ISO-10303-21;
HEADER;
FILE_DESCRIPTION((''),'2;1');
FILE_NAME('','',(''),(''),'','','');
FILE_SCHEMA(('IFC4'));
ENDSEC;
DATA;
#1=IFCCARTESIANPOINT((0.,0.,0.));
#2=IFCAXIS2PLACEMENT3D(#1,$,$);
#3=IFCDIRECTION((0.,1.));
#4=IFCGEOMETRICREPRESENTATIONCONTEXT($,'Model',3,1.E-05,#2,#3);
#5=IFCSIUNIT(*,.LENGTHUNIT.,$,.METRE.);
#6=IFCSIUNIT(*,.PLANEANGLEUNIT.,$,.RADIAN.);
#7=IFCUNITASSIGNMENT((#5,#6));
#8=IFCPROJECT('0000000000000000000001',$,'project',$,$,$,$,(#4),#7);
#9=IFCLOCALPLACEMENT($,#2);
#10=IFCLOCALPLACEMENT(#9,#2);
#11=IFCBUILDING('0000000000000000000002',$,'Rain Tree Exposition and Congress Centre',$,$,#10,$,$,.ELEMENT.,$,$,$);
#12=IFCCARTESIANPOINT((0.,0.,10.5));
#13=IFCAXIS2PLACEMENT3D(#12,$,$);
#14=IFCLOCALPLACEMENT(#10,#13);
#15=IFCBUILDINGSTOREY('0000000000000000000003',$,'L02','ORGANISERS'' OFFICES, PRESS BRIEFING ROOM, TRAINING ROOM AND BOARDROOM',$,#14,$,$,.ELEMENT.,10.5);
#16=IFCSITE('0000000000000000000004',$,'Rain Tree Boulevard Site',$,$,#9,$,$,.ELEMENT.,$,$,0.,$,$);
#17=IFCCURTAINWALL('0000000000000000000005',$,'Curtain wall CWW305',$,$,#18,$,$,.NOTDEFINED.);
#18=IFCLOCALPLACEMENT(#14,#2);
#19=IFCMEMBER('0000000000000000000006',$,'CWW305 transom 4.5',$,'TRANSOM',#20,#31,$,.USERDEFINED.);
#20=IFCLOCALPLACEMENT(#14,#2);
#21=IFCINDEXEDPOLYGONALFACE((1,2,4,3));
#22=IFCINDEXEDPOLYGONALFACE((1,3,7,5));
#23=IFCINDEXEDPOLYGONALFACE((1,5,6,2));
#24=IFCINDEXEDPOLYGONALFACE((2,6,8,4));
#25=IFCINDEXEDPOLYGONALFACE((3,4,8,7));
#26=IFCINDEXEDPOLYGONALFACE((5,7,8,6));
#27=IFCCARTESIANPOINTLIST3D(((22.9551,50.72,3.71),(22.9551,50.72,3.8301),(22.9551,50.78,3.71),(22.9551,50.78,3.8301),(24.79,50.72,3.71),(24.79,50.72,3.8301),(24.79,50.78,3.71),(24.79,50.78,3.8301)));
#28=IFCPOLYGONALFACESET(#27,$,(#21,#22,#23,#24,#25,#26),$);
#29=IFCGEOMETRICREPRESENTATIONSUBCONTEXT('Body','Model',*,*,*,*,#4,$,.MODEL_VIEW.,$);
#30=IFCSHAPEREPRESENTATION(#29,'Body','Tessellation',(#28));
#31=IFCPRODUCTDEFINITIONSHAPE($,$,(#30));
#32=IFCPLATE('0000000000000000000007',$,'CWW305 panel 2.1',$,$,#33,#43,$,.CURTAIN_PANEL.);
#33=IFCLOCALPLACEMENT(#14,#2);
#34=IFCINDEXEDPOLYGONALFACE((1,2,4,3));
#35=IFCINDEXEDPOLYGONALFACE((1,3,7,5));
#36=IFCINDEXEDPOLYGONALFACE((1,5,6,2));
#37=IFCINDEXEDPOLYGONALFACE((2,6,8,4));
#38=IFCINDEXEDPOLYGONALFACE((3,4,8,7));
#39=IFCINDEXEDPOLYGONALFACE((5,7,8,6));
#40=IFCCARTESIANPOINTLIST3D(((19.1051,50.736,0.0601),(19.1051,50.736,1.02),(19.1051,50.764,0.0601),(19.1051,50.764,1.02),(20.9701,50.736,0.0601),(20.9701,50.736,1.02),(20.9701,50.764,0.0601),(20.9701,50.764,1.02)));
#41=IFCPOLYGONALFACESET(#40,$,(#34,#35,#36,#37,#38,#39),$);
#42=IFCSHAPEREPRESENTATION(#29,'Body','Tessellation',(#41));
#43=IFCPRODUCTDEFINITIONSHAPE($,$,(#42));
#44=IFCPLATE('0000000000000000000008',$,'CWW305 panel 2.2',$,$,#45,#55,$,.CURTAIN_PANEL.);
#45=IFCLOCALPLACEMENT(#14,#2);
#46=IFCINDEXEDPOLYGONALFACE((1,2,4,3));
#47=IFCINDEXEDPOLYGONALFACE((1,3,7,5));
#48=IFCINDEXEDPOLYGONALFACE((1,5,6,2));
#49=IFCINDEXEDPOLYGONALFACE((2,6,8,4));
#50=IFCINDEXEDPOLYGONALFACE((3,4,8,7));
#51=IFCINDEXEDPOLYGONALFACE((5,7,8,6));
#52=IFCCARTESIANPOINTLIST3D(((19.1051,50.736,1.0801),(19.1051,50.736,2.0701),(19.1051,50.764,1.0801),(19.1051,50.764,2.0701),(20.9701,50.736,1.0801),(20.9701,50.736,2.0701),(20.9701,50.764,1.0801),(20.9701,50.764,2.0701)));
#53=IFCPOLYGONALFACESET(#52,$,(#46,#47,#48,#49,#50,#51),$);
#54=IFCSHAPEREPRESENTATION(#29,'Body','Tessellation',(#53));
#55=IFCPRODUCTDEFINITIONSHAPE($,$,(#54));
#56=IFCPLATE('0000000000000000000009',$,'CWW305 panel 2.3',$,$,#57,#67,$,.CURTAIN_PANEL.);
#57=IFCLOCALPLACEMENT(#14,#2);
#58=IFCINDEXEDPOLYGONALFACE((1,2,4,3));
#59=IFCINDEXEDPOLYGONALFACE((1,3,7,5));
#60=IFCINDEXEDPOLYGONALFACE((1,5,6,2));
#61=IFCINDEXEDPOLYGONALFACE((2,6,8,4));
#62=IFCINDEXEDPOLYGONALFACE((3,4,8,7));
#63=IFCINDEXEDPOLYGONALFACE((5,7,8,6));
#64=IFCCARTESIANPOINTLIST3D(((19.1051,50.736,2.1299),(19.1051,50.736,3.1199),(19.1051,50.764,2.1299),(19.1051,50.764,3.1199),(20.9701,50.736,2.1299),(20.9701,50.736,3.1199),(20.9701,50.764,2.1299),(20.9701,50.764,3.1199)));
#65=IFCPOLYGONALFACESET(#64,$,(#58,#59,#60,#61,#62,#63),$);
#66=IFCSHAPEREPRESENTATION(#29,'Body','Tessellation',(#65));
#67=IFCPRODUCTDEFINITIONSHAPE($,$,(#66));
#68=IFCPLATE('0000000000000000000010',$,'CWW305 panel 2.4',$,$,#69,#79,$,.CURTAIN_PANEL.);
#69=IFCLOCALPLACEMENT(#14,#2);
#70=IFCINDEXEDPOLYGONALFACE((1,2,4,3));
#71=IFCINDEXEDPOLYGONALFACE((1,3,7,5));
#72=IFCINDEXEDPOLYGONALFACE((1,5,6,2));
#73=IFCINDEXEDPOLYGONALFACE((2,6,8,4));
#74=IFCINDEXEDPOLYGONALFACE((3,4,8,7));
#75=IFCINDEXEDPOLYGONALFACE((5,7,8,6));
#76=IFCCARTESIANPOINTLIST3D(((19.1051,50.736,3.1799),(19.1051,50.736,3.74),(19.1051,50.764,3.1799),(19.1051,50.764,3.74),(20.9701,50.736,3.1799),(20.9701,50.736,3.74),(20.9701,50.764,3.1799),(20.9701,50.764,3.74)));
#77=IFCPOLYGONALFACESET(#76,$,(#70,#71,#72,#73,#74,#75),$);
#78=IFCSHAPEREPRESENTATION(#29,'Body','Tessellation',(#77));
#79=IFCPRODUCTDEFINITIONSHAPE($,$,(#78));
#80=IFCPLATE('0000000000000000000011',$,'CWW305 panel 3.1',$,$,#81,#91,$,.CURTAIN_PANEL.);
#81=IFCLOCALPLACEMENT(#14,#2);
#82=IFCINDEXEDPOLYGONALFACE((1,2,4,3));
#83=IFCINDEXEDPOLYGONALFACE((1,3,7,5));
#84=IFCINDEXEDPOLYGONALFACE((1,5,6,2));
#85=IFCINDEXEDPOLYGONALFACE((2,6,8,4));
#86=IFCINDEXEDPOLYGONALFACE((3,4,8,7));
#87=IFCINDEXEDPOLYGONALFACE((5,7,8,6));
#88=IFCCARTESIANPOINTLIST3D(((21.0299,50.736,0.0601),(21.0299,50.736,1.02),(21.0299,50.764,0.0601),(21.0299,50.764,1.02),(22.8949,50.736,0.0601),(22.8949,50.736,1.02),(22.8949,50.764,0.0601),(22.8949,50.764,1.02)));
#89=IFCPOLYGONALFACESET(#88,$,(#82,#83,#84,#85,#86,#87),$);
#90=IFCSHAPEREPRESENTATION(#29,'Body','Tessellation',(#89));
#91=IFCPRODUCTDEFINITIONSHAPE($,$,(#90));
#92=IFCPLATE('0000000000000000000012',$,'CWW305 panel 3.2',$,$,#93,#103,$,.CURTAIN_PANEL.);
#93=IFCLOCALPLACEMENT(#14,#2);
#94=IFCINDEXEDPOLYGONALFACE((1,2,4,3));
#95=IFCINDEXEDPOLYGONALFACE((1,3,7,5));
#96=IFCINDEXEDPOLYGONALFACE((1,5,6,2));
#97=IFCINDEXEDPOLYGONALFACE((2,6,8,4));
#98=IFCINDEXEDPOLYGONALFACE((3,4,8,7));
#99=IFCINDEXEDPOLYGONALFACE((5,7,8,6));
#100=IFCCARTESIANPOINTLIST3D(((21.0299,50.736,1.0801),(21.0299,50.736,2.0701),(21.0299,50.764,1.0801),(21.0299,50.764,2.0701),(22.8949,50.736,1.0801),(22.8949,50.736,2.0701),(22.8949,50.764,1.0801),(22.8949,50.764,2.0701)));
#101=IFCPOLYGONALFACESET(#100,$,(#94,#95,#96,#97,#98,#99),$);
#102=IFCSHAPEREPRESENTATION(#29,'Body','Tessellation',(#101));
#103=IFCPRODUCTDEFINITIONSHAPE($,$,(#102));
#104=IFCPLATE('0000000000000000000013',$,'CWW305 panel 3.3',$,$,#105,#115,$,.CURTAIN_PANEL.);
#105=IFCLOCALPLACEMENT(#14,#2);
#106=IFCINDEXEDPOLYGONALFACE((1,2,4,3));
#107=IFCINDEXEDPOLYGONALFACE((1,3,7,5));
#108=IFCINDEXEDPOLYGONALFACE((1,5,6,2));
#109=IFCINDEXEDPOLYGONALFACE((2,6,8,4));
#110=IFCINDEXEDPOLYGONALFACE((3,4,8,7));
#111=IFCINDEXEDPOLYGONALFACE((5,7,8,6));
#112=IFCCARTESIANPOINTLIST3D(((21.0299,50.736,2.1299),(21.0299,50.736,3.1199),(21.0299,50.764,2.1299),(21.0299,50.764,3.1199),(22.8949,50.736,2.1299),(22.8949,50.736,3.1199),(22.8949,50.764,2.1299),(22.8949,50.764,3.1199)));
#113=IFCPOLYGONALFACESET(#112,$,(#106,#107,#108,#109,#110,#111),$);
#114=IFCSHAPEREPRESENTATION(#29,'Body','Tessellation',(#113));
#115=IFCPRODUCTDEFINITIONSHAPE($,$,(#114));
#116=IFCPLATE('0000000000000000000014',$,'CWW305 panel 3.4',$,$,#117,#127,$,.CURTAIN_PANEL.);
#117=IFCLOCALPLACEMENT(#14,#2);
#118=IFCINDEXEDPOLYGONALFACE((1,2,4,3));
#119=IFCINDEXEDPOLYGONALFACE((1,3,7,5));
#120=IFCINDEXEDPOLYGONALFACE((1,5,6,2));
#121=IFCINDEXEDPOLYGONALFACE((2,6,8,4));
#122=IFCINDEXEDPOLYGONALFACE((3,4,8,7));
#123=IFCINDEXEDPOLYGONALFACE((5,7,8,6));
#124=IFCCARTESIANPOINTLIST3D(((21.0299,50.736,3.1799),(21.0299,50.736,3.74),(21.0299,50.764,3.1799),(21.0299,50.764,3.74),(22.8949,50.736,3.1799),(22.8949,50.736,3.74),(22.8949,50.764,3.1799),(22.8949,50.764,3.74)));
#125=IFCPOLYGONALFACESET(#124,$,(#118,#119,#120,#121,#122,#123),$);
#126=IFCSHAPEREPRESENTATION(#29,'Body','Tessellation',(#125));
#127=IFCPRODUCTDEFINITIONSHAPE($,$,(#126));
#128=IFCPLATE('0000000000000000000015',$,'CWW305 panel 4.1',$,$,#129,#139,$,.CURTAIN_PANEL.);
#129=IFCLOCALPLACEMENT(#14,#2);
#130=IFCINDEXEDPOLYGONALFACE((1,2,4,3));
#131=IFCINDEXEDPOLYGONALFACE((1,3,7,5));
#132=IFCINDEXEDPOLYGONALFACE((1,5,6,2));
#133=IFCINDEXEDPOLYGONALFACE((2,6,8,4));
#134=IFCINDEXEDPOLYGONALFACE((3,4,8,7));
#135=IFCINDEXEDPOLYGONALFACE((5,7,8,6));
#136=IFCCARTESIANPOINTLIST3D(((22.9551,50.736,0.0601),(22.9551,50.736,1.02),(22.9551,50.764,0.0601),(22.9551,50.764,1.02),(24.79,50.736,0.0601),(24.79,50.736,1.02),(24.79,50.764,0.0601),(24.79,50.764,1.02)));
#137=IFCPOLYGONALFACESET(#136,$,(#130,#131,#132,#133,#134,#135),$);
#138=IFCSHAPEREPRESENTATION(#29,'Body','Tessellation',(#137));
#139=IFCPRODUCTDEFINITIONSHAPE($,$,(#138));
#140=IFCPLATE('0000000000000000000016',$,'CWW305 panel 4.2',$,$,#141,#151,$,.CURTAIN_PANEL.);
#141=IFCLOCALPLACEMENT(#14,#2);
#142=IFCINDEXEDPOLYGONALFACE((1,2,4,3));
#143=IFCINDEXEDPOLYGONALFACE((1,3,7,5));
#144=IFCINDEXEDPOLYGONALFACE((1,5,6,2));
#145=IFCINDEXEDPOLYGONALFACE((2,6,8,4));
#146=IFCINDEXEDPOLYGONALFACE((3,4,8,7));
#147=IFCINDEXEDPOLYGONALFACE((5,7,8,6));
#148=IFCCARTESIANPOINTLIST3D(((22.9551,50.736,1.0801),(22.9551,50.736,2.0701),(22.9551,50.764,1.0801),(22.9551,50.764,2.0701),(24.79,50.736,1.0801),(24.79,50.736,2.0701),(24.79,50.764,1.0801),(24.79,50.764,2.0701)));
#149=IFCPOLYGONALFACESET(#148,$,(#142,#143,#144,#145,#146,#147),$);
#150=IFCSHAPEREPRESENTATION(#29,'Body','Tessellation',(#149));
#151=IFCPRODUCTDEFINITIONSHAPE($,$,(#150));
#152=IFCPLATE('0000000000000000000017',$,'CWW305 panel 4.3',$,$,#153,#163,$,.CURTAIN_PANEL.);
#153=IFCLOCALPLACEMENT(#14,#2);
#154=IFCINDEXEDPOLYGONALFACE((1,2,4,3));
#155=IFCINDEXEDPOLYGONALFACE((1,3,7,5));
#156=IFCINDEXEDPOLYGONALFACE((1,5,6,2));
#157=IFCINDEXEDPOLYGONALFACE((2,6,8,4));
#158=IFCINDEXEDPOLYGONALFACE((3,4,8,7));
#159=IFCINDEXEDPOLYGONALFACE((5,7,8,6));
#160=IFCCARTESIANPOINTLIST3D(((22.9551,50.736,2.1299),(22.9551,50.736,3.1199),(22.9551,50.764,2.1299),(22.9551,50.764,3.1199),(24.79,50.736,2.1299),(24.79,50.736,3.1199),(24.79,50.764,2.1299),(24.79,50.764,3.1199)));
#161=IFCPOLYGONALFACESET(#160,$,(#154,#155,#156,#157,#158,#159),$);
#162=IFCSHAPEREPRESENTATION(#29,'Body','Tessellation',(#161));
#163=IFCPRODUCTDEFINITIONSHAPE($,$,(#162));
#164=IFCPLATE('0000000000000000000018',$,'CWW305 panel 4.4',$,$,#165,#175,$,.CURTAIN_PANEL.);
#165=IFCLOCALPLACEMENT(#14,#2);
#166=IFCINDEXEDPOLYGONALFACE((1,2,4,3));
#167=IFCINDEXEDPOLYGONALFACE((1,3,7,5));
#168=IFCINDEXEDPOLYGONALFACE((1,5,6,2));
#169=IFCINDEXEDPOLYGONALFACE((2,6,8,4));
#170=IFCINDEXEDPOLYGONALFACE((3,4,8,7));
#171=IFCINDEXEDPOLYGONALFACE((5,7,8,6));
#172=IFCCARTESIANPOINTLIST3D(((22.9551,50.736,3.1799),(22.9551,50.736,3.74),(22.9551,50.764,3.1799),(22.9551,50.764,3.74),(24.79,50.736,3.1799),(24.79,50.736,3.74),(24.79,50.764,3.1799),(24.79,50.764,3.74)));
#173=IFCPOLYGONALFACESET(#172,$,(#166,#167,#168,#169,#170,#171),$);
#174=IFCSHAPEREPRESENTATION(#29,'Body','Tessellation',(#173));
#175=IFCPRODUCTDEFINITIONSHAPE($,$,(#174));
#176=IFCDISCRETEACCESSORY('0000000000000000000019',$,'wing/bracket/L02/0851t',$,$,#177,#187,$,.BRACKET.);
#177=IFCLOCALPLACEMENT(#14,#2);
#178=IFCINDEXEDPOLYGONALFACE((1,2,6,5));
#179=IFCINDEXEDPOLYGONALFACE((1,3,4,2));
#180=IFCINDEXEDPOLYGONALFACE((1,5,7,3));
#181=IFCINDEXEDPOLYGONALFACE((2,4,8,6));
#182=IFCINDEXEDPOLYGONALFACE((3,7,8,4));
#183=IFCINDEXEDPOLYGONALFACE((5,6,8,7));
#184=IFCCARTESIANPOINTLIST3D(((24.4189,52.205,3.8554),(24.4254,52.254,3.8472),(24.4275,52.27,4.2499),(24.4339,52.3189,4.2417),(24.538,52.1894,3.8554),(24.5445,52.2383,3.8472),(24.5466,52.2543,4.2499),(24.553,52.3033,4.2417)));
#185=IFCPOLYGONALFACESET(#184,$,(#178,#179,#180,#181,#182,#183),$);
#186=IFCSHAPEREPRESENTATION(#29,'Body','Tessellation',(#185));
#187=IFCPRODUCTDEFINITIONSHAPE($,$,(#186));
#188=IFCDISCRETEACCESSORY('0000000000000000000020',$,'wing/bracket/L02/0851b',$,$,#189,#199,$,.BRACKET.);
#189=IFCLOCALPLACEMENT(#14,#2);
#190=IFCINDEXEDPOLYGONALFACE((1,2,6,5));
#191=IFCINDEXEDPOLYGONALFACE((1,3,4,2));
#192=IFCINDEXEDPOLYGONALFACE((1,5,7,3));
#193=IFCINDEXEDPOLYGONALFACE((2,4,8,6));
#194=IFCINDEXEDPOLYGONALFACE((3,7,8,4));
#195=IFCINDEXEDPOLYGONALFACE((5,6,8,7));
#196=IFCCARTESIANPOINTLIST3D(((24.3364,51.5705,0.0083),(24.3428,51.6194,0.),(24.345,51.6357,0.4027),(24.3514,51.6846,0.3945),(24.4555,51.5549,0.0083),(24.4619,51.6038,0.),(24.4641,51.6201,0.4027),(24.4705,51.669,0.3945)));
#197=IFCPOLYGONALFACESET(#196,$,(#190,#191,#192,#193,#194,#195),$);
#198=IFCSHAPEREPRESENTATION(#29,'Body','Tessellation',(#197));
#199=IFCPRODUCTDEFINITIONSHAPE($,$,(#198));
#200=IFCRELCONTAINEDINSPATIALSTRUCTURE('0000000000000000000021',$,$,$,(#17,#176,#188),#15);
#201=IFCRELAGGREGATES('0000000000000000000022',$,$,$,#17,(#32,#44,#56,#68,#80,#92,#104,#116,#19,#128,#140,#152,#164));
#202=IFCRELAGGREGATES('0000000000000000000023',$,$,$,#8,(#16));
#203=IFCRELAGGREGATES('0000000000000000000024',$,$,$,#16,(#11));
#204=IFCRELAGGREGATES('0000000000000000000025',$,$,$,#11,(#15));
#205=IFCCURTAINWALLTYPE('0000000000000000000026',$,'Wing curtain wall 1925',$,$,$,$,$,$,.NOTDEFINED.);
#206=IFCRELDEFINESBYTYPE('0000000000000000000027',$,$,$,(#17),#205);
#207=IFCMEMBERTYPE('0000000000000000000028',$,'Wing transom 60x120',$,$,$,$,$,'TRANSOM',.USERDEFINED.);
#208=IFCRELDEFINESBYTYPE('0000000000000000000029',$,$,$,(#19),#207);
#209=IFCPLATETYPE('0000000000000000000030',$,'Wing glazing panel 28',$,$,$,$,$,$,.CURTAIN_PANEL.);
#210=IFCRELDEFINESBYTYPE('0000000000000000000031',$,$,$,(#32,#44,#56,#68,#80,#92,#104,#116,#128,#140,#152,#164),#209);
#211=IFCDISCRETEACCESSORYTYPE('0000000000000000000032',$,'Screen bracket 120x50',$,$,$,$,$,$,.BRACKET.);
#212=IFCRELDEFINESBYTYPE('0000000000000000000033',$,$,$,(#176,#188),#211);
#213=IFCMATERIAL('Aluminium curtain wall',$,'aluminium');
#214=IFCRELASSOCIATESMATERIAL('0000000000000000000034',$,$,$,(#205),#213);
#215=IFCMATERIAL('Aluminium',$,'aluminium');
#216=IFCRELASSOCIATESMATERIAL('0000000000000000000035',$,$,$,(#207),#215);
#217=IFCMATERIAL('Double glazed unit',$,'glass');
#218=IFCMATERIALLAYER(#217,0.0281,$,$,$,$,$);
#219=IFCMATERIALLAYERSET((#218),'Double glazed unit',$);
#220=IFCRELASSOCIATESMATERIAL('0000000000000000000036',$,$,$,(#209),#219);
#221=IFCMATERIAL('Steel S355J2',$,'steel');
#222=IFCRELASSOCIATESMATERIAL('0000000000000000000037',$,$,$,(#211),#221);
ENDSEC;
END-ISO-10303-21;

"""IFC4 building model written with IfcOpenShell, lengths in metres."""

from ifc_helpers import new_model, si_unit, direction, frame, origin, origin_2d, place, context, subcontext, project, spatial, rectangle, extrude, material, layer, layer_set, material_profile, profile_set, type_object, element, aggregate, save


model = new_model("IFC4")

# Units and contexts
model_context = context("Model", 3, precision=1e-05, world=origin(), true_north=direction((0.0, 1.0)))
body_context = subcontext(model_context, "Body", "Model", "MODEL_VIEW")
ifc_project = project(units=[si_unit("LENGTHUNIT", "METRE"), si_unit("PLANEANGLEUNIT", "RADIAN")], contexts=[model_context])

# Site, building, storey
site_placement = place(None, origin())
site = spatial("IfcSite", under=ifc_project, at=site_placement, Name="Rain Tree Boulevard Site", CompositionType="ELEMENT", RefElevation=0.0)
building_placement = place(site_placement, origin())
building = spatial("IfcBuilding", under=site, at=building_placement, Name="Rain Tree Exposition and Congress Centre", CompositionType="ELEMENT")
storey_placement = place(building_placement, frame((0.0, 0.0, 10.5)))
storey = spatial("IfcBuildingStorey", under=building, at=storey_placement, Name="L02", Description="ORGANISERS' OFFICES, PRESS BRIEFING ROOM, TRAINING ROOM AND BOARDROOM", CompositionType="ELEMENT", Elevation=10.5)

# Curtain wall, member, plates
ifc_material_1 = material(Name="Aluminium curtain wall", Category="aluminium")
curtain_wall_type = type_object("IfcCurtainWallType", Name="Wing curtain wall 1925", PredefinedType="NOTDEFINED", material=ifc_material_1)
curtain_wall_placement = place(storey_placement, origin())
curtain_wall = element("IfcCurtainWall", 1, at=curtain_wall_placement, inside=storey, type_object=curtain_wall_type, Name="Curtain wall CWW305", PredefinedType="NOTDEFINED")
ifc_material_2 = material(Name="Aluminium", Category="aluminium")
ifc_material_profile_1 = material_profile(ifc_material_2, rectangle(XDim=0.0601, YDim=0.1201, at=origin_2d()), Name="Aluminium 60x120")
ifc_profile_set_1 = profile_set([ifc_material_profile_1], Name="Aluminium")
member_type_1 = type_object("IfcMemberType", Name="Wing transom 60x120", ElementType="TRANSOM", PredefinedType="USERDEFINED", material=ifc_profile_set_1)
member_1_placement = place(storey_placement, frame((22.9551, 50.75, 3.77), z_axis=(1.0, 0.0, 0.0), x_axis=(0.0, 1.0, 0.0)))
member_1 = element("IfcMember", 2, at=member_1_placement, type_object=member_type_1, Name="CWW305 transom 4.5", ObjectType="TRANSOM", PredefinedType="USERDEFINED", context=body_context, shape_type="SweptSolid", body=[
    extrude(rectangle(XDim=0.0601, YDim=0.1201, at=origin_2d()), origin(), (0.0, 0.0, 1.0), 1.835),
])
ifc_material_3 = material(Name="Double glazed unit", Category="glass")
ifc_layer_1 = layer(ifc_material_3, 0.0281)
ifc_layer_set_1 = layer_set([ifc_layer_1], Name="Double glazed unit")
plate_type = type_object("IfcPlateType", Name="Wing glazing panel 28", PredefinedType="CURTAIN_PANEL", material=ifc_layer_set_1)
plate_1_placement = place(storey_placement, frame((20.0376, 50.75, 0.0601), z_axis=(0.0, 0.0, 1.0), x_axis=(1.0, 0.0, 0.0)))
plate_1 = element("IfcPlate", 3, at=plate_1_placement, type_object=plate_type, Name="CWW305 panel 2.1", PredefinedType="CURTAIN_PANEL", context=body_context, shape_type="SweptSolid", body=[
    extrude(rectangle(XDim=1.865, YDim=0.0281, at=origin_2d()), origin(), (0.0, 0.0, 1.0), 0.96),
])
plate_2_placement = place(storey_placement, frame((20.0376, 50.75, 1.0801), z_axis=(0.0, 0.0, 1.0), x_axis=(1.0, 0.0, 0.0)))
plate_2 = element("IfcPlate", 4, at=plate_2_placement, type_object=plate_type, Name="CWW305 panel 2.2", PredefinedType="CURTAIN_PANEL", context=body_context, shape_type="SweptSolid", body=[
    extrude(rectangle(XDim=1.865, YDim=0.0281, at=origin_2d()), origin(), (0.0, 0.0, 1.0), 0.99),
])
plate_3_placement = place(storey_placement, frame((20.0376, 50.75, 2.1299), z_axis=(0.0, 0.0, 1.0), x_axis=(1.0, 0.0, 0.0)))
plate_3 = element("IfcPlate", 5, at=plate_3_placement, type_object=plate_type, Name="CWW305 panel 2.3", PredefinedType="CURTAIN_PANEL", context=body_context, shape_type="SweptSolid", body=[
    extrude(rectangle(XDim=1.865, YDim=0.0281, at=origin_2d()), origin(), (0.0, 0.0, 1.0), 0.99),
])
plate_4_placement = place(storey_placement, frame((20.0376, 50.75, 3.1799), z_axis=(0.0, 0.0, 1.0), x_axis=(1.0, 0.0, 0.0)))
plate_4 = element("IfcPlate", 6, at=plate_4_placement, type_object=plate_type, Name="CWW305 panel 2.4", PredefinedType="CURTAIN_PANEL", context=body_context, shape_type="SweptSolid", body=[
    extrude(rectangle(XDim=1.865, YDim=0.0281, at=origin_2d()), origin(), (0.0, 0.0, 1.0), 0.5601),
])
plate_5_placement = place(storey_placement, frame((21.9624, 50.75, 0.0601), z_axis=(0.0, 0.0, 1.0), x_axis=(1.0, 0.0, 0.0)))
plate_5 = element("IfcPlate", 7, at=plate_5_placement, type_object=plate_type, Name="CWW305 panel 3.1", PredefinedType="CURTAIN_PANEL", context=body_context, shape_type="SweptSolid", body=[
    extrude(rectangle(XDim=1.865, YDim=0.0281, at=origin_2d()), origin(), (0.0, 0.0, 1.0), 0.96),
])
plate_6_placement = place(storey_placement, frame((21.9624, 50.75, 1.0801), z_axis=(0.0, 0.0, 1.0), x_axis=(1.0, 0.0, 0.0)))
plate_6 = element("IfcPlate", 8, at=plate_6_placement, type_object=plate_type, Name="CWW305 panel 3.2", PredefinedType="CURTAIN_PANEL", context=body_context, shape_type="SweptSolid", body=[
    extrude(rectangle(XDim=1.865, YDim=0.0281, at=origin_2d()), origin(), (0.0, 0.0, 1.0), 0.99),
])
plate_7_placement = place(storey_placement, frame((21.9624, 50.75, 2.1299), z_axis=(0.0, 0.0, 1.0), x_axis=(1.0, 0.0, 0.0)))
plate_7 = element("IfcPlate", 9, at=plate_7_placement, type_object=plate_type, Name="CWW305 panel 3.3", PredefinedType="CURTAIN_PANEL", context=body_context, shape_type="SweptSolid", body=[
    extrude(rectangle(XDim=1.865, YDim=0.0281, at=origin_2d()), origin(), (0.0, 0.0, 1.0), 0.99),
])
plate_8_placement = place(storey_placement, frame((21.9624, 50.75, 3.1799), z_axis=(0.0, 0.0, 1.0), x_axis=(1.0, 0.0, 0.0)))
plate_8 = element("IfcPlate", 10, at=plate_8_placement, type_object=plate_type, Name="CWW305 panel 3.4", PredefinedType="CURTAIN_PANEL", context=body_context, shape_type="SweptSolid", body=[
    extrude(rectangle(XDim=1.865, YDim=0.0281, at=origin_2d()), origin(), (0.0, 0.0, 1.0), 0.5601),
])
plate_9_placement = place(storey_placement, frame((23.8726, 50.75, 0.0601), z_axis=(0.0, 0.0, 1.0), x_axis=(1.0, 0.0, 0.0)))
plate_9 = element("IfcPlate", 11, at=plate_9_placement, type_object=plate_type, Name="CWW305 panel 4.1", PredefinedType="CURTAIN_PANEL", context=body_context, shape_type="SweptSolid", body=[
    extrude(rectangle(XDim=1.835, YDim=0.0281, at=origin_2d()), origin(), (0.0, 0.0, 1.0), 0.96),
])
plate_10_placement = place(storey_placement, frame((23.8726, 50.75, 1.0801), z_axis=(0.0, 0.0, 1.0), x_axis=(1.0, 0.0, 0.0)))
plate_10 = element("IfcPlate", 12, at=plate_10_placement, type_object=plate_type, Name="CWW305 panel 4.2", PredefinedType="CURTAIN_PANEL", context=body_context, shape_type="SweptSolid", body=[
    extrude(rectangle(XDim=1.835, YDim=0.0281, at=origin_2d()), origin(), (0.0, 0.0, 1.0), 0.99),
])
plate_11_placement = place(storey_placement, frame((23.8726, 50.75, 2.1299), z_axis=(0.0, 0.0, 1.0), x_axis=(1.0, 0.0, 0.0)))
plate_11 = element("IfcPlate", 13, at=plate_11_placement, type_object=plate_type, Name="CWW305 panel 4.3", PredefinedType="CURTAIN_PANEL", context=body_context, shape_type="SweptSolid", body=[
    extrude(rectangle(XDim=1.835, YDim=0.0281, at=origin_2d()), origin(), (0.0, 0.0, 1.0), 0.99),
])
plate_12_placement = place(storey_placement, frame((23.8726, 50.75, 3.1799), z_axis=(0.0, 0.0, 1.0), x_axis=(1.0, 0.0, 0.0)))
plate_12 = element("IfcPlate", 14, at=plate_12_placement, type_object=plate_type, Name="CWW305 panel 4.4", PredefinedType="CURTAIN_PANEL", context=body_context, shape_type="SweptSolid", body=[
    extrude(rectangle(XDim=1.835, YDim=0.0281, at=origin_2d()), origin(), (0.0, 0.0, 1.0), 0.5601),
])
aggregate(curtain_wall, [plate_1, plate_2, plate_3, plate_4, plate_5, plate_6, plate_7, plate_8, member_1, plate_9, plate_10, plate_11, plate_12])

# Discrete accessories
ifc_material_4 = material(Name="Steel S355J2", Category="steel")
ifc_material_profile_2 = material_profile(ifc_material_4, rectangle(XDim=0.1201, YDim=0.05, at=origin_2d()), Name="Flat bar 120x50")
ifc_profile_set_2 = profile_set([ifc_material_profile_2], Name="Steel S355J2")
discrete_accessory_type = type_object("IfcDiscreteAccessoryType", Name="Screen bracket 120x50", PredefinedType="BRACKET", material=ifc_profile_set_2)
for number, where, z_axis, x_axis, name in (
    (15, (24.4817, 52.2217, 3.8513), (0.021366, 0.162381, 0.986497), (-0.991454, 0.130455, 0.0), "wing/bracket/L02/0851t"),
    (16, (24.3992, 51.5872, 0.0042), (0.021364, 0.162976, 0.986399), (-0.991517, 0.129974, 0.0), "wing/bracket/L02/0851b"),
):
    element("IfcDiscreteAccessory", number, at=place(storey_placement, frame(where, z_axis=z_axis, x_axis=x_axis)), inside=storey, type_object=discrete_accessory_type, Name=name, PredefinedType="BRACKET", context=body_context, shape_type="SweptSolid", body=[
        extrude(rectangle(XDim=0.1201, YDim=0.05, at=origin_2d()), origin(), (0.0, 0.0, 1.0), 0.3999),
    ])

save(model, "model.ifc")
